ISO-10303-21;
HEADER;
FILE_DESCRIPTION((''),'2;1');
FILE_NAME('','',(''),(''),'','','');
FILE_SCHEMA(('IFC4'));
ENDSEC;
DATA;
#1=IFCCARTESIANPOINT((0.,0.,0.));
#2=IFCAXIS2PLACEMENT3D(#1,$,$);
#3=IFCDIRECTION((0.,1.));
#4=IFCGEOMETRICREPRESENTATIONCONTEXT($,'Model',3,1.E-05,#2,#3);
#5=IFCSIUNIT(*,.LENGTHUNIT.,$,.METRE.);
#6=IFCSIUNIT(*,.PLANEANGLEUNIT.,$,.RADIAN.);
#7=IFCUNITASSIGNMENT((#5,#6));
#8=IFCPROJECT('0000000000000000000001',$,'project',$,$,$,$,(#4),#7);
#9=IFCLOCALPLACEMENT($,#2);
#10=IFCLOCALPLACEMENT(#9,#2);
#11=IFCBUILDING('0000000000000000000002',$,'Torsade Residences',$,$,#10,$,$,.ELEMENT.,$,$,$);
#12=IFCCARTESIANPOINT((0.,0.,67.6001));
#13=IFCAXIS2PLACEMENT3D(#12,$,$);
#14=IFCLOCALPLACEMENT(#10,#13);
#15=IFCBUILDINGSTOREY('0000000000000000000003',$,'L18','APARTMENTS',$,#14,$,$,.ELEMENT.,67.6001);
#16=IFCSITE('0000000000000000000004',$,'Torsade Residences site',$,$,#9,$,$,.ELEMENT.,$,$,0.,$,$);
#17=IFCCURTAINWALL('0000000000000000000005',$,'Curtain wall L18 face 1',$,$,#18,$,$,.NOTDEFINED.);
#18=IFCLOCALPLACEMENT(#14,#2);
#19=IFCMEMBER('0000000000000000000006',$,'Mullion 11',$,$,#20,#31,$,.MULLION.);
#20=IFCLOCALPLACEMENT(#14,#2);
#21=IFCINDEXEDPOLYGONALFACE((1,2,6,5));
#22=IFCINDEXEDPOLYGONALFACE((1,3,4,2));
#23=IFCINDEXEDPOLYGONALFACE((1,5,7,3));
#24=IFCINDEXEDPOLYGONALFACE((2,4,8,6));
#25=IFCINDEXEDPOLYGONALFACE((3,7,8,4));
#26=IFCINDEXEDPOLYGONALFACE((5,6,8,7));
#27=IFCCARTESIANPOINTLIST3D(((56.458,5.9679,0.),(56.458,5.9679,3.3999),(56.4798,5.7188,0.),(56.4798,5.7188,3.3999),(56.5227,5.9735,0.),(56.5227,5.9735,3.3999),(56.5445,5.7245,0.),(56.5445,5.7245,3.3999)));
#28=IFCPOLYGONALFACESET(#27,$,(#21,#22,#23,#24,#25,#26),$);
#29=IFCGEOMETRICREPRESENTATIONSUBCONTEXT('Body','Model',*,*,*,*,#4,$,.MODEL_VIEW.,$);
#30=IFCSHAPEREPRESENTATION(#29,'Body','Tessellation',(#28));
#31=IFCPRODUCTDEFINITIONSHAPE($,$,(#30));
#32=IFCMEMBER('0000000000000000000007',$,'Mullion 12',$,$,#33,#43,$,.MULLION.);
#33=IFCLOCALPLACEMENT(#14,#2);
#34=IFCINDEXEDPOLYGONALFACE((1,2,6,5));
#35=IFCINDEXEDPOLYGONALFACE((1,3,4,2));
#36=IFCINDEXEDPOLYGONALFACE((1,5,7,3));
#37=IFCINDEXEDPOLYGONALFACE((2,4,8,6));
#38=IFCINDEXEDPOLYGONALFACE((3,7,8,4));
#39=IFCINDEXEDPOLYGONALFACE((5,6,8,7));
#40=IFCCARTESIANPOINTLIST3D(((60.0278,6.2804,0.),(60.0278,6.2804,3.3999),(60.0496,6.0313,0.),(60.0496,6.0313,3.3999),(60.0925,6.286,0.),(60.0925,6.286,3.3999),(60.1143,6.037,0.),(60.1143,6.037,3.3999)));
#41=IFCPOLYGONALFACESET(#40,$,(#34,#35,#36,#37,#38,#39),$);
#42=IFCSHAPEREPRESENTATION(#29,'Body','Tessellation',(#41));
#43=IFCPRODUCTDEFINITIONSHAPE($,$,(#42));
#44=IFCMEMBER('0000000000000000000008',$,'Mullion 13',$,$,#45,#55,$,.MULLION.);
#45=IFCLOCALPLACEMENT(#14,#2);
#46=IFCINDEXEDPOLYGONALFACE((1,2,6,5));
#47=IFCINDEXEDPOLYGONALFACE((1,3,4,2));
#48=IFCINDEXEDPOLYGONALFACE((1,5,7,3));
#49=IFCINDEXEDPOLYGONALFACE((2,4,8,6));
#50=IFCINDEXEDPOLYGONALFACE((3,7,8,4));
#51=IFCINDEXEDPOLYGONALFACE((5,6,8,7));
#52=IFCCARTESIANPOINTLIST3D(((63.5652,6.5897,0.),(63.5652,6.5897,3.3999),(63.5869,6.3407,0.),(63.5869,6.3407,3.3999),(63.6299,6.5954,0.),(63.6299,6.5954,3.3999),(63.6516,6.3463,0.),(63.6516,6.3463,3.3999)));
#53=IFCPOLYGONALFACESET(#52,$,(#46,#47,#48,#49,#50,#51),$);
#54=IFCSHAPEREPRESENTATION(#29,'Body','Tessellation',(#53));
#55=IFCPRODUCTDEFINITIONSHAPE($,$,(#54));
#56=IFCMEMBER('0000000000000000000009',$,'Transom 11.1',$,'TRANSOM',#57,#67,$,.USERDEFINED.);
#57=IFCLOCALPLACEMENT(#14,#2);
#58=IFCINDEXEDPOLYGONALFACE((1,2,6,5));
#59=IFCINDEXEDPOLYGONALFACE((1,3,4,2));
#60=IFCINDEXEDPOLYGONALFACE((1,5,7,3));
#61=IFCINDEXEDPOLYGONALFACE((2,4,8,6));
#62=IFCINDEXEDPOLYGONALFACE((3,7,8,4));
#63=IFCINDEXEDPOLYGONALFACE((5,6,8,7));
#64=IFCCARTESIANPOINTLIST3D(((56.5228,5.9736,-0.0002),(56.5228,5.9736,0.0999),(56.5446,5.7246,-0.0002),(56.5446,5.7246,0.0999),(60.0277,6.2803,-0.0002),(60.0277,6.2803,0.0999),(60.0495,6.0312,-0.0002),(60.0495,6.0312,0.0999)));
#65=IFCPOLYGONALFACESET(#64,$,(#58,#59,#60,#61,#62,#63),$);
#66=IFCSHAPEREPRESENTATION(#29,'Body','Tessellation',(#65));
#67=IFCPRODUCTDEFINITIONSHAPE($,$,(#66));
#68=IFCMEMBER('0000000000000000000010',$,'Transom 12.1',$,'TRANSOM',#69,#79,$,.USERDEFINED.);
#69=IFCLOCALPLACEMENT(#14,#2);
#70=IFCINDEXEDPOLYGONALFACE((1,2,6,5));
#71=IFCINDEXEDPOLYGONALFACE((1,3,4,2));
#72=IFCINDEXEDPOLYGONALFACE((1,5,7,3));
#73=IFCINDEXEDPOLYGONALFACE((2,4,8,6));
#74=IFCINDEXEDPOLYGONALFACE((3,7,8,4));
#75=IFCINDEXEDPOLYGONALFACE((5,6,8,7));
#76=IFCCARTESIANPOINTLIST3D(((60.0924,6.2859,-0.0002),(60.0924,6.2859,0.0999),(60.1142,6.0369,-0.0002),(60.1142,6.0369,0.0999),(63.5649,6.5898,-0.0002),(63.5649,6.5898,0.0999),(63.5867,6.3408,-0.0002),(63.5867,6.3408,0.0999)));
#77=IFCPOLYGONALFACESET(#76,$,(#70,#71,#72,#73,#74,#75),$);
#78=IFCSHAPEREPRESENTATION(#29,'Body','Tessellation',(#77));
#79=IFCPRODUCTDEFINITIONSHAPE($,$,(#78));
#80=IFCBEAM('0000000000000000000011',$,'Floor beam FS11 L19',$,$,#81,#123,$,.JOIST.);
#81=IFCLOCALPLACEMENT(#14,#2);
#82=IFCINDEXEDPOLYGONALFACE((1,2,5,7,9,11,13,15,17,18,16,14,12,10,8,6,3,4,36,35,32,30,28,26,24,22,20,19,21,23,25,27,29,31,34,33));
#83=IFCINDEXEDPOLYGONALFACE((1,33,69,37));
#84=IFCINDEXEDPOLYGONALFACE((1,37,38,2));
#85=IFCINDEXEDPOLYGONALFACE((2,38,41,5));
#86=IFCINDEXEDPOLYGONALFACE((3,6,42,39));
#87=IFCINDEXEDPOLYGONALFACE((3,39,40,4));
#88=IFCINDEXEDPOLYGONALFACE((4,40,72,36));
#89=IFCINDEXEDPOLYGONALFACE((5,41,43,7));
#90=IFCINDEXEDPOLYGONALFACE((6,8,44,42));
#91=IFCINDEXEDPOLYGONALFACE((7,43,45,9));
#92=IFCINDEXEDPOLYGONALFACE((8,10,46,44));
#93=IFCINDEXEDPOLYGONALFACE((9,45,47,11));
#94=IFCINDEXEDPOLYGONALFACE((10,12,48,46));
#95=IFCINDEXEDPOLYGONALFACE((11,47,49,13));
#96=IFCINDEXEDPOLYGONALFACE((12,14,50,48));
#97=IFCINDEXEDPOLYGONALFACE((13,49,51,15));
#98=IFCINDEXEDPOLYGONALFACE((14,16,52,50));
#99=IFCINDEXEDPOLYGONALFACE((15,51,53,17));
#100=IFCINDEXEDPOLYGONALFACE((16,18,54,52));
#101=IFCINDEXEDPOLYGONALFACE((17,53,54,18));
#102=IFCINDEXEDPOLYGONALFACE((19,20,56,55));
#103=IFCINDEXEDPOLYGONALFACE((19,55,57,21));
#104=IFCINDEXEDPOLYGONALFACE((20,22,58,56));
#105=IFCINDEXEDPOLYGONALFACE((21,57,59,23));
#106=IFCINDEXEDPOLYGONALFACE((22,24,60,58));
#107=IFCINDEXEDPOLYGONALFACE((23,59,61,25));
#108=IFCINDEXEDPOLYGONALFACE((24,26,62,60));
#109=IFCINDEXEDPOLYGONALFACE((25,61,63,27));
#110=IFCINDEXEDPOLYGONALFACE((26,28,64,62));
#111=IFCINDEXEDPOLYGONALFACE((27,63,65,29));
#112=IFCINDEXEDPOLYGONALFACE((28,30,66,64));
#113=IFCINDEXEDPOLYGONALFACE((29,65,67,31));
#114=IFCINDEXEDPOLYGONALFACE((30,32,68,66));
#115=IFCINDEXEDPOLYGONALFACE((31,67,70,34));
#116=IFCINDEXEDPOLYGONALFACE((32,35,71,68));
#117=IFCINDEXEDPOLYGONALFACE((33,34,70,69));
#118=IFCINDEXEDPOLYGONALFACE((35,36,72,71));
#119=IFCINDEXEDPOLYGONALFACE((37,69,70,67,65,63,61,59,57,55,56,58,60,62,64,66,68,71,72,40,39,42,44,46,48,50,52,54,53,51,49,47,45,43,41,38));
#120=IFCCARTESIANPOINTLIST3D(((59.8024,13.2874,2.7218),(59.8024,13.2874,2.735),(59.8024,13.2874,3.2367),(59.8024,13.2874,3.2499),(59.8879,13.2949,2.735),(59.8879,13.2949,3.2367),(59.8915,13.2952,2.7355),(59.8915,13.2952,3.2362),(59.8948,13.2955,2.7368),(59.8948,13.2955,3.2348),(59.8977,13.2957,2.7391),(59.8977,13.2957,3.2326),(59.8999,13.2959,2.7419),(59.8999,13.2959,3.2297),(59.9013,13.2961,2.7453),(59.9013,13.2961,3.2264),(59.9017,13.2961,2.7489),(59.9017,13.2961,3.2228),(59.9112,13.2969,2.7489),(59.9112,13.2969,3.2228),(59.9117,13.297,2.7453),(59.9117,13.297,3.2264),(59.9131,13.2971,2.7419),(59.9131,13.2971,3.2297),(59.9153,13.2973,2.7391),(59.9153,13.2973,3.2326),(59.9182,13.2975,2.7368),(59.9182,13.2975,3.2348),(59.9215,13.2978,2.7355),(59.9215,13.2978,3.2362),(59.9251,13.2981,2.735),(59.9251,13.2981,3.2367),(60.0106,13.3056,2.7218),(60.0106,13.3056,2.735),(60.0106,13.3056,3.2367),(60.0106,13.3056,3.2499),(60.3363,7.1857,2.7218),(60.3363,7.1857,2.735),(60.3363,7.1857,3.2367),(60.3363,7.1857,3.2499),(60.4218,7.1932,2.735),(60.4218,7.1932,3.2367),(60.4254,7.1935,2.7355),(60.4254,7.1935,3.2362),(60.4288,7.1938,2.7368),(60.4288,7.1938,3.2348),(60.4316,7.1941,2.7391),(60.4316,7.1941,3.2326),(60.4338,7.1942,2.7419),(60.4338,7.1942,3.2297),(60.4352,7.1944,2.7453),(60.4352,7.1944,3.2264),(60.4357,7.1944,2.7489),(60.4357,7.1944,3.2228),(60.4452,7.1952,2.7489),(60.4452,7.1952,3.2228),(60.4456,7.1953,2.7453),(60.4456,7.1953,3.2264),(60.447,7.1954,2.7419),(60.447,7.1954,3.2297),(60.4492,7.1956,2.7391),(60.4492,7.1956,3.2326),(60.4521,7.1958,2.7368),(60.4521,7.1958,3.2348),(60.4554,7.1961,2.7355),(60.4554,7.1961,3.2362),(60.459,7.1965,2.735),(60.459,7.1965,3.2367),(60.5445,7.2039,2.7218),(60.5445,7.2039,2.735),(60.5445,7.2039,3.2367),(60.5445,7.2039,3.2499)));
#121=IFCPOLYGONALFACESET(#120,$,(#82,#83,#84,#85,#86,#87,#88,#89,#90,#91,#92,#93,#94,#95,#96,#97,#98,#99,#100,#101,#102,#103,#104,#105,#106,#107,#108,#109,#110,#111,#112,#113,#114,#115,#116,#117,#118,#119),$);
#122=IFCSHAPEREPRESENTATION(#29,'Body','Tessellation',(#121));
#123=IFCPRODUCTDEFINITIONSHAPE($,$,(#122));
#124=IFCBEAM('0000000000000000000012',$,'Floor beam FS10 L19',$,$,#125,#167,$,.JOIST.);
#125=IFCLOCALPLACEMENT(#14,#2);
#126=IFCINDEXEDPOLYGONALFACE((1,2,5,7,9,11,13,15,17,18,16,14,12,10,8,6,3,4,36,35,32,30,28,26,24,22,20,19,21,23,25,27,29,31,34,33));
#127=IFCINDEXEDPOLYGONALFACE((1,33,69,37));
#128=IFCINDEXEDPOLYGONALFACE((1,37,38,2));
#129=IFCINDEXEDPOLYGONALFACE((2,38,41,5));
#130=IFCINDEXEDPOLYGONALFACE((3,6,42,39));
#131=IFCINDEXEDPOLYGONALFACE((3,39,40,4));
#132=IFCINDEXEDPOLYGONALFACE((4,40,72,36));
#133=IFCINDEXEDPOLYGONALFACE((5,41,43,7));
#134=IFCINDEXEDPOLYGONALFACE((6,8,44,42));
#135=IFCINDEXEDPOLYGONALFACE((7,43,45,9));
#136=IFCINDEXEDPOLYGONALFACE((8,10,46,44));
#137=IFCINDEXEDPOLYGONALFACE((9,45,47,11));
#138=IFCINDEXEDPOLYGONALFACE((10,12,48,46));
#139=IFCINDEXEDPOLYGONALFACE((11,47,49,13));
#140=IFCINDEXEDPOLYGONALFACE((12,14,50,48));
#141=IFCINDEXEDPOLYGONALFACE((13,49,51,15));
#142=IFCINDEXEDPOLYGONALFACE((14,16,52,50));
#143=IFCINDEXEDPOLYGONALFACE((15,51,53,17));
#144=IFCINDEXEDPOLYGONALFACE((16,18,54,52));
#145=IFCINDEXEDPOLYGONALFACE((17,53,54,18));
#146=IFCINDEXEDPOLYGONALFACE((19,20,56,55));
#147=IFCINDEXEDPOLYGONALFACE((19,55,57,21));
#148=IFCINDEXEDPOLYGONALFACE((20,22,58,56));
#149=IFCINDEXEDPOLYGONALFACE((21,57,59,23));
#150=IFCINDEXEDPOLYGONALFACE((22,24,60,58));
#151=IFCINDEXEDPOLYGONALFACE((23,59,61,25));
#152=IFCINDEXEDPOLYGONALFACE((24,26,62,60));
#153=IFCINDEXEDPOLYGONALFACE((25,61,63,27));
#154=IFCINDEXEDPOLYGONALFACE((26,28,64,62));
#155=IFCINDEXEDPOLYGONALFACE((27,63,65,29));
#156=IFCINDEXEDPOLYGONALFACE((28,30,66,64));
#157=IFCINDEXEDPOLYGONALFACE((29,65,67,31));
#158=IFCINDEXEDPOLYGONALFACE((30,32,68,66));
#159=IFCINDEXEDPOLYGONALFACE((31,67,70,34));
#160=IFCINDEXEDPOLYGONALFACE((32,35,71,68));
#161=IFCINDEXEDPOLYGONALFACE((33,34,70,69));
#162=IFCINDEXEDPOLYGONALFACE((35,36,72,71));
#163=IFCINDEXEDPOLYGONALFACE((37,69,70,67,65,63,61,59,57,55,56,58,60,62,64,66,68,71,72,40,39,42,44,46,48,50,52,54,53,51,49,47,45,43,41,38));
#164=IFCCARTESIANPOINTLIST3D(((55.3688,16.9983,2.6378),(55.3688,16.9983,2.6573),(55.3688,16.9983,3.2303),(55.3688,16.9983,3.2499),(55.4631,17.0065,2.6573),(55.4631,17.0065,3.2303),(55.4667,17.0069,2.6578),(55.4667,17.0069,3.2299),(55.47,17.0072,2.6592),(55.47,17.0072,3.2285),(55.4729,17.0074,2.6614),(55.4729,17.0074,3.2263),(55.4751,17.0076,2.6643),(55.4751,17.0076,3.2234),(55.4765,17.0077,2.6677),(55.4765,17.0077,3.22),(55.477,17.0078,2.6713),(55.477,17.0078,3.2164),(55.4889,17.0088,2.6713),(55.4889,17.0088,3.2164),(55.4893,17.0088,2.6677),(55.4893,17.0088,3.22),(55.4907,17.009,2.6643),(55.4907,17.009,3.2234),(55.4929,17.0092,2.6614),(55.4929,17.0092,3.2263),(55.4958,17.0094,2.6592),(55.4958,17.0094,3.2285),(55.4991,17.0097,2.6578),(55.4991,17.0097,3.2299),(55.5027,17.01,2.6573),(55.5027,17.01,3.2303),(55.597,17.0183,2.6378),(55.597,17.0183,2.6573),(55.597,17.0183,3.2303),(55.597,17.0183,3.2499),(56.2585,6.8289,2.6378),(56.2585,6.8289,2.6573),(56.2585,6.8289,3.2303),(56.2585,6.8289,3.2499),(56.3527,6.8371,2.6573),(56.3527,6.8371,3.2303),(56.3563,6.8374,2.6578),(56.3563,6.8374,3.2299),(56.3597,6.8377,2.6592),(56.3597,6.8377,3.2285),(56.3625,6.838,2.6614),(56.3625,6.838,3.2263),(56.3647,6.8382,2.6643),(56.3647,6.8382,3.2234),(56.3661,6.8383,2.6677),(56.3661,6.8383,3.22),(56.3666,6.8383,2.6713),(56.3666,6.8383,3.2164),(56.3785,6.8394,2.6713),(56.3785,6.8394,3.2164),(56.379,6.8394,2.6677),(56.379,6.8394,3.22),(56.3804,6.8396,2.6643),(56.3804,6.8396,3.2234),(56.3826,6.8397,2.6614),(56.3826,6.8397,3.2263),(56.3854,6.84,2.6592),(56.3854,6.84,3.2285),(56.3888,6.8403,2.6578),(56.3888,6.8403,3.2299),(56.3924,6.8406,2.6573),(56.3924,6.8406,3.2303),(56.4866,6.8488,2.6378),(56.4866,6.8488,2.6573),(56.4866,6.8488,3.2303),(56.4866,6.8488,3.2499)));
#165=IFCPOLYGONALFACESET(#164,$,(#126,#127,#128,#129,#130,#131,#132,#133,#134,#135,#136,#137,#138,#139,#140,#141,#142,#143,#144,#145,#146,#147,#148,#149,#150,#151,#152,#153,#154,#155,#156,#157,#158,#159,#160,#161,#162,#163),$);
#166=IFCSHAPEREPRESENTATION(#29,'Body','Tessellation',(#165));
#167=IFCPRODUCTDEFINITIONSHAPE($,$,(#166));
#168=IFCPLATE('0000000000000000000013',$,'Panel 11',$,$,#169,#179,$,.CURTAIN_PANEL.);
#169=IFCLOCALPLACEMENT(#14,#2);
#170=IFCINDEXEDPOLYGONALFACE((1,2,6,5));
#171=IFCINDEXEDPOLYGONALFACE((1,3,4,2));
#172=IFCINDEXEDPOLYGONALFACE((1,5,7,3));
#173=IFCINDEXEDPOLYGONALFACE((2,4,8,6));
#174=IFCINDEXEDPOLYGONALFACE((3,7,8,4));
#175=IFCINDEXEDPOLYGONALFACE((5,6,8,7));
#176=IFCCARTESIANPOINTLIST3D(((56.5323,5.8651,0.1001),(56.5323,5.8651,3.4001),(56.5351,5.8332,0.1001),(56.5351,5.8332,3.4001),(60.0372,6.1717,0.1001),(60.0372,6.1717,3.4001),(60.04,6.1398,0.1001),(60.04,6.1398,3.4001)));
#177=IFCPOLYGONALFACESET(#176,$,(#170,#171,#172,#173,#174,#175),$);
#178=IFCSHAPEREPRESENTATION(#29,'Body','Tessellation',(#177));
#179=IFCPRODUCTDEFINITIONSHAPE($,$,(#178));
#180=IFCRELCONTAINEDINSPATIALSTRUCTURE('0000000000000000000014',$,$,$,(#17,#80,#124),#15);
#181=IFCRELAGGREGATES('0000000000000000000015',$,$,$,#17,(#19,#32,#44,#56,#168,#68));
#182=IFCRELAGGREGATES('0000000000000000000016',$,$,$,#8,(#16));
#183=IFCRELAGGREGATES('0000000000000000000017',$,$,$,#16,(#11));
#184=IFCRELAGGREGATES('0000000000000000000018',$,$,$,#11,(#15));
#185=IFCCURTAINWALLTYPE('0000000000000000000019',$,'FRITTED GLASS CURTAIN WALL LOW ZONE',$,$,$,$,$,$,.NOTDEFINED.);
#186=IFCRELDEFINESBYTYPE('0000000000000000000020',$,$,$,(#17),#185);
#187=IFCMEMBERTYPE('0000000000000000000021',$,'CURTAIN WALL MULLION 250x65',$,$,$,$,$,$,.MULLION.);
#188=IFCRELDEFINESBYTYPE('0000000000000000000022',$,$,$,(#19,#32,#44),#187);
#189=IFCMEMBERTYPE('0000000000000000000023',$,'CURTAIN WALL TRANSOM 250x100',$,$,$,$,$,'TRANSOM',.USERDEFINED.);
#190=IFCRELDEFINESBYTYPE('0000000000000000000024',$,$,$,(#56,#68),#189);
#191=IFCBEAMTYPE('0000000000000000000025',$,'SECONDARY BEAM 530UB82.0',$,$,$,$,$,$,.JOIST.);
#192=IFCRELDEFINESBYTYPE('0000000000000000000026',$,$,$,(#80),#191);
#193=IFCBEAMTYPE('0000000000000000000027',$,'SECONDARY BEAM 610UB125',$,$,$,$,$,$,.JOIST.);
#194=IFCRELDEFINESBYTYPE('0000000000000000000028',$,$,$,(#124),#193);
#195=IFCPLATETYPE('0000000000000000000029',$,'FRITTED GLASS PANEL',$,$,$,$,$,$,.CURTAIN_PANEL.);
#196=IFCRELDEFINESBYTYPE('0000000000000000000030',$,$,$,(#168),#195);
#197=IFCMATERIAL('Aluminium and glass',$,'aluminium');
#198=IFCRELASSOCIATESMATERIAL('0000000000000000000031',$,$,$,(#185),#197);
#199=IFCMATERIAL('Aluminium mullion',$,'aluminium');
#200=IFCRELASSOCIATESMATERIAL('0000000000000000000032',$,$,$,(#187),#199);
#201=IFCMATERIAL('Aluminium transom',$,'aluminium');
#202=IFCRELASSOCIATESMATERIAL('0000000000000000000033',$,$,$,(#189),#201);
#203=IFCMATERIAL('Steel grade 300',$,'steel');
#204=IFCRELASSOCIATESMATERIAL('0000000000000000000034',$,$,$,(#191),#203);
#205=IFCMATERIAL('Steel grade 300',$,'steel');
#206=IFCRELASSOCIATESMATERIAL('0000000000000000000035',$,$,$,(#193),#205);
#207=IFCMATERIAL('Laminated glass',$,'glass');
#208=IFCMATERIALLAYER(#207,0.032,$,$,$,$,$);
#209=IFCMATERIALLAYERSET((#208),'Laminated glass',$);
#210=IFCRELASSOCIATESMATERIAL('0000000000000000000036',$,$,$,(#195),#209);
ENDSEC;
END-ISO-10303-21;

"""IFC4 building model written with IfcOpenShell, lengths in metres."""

from ifc_helpers import new_model, si_unit, direction, frame, origin, origin_2d, place, context, subcontext, project, spatial, rectangle, i_section, extrude, material, layer, layer_set, material_profile, profile_set, type_object, element, aggregate, save


model = new_model("IFC4")

# Units and contexts
model_context = context("Model", 3, precision=1e-05, world=origin(), true_north=direction((0.0, 1.0)))
body_context = subcontext(model_context, "Body", "Model", "MODEL_VIEW")
ifc_project = project(units=[si_unit("LENGTHUNIT", "METRE"), si_unit("PLANEANGLEUNIT", "RADIAN")], contexts=[model_context])

# Site, building, storey
site_placement = place(None, origin())
site = spatial("IfcSite", under=ifc_project, at=site_placement, Name="Torsade Residences site", CompositionType="ELEMENT", RefElevation=0.0)
building_placement = place(site_placement, origin())
building = spatial("IfcBuilding", under=site, at=building_placement, Name="Torsade Residences", CompositionType="ELEMENT")
storey_placement = place(building_placement, frame((0.0, 0.0, 67.6001)))
storey = spatial("IfcBuildingStorey", under=building, at=storey_placement, Name="L18", Description="APARTMENTS", CompositionType="ELEMENT", Elevation=67.6001)

# Curtain wall, members
ifc_material_1 = material(Name="Aluminium and glass", Category="aluminium")
curtain_wall_type = type_object("IfcCurtainWallType", Name="FRITTED GLASS CURTAIN WALL LOW ZONE", PredefinedType="NOTDEFINED", material=ifc_material_1)
curtain_wall_placement = place(storey_placement, origin())
curtain_wall = element("IfcCurtainWall", 1, at=curtain_wall_placement, inside=storey, type_object=curtain_wall_type, Name="Curtain wall L18 face 1", PredefinedType="NOTDEFINED")
ifc_material_2 = material(Name="Aluminium mullion", Category="aluminium")
ifc_material_profile_1 = material_profile(ifc_material_2, rectangle(XDim=0.25, YDim=0.0649, at=origin_2d()), Name="CURTAIN WALL MULLION 250x65")
ifc_profile_set_1 = profile_set([ifc_material_profile_1], Name="Aluminium mullion")
member_type_1 = type_object("IfcMemberType", Name="CURTAIN WALL MULLION 250x65", PredefinedType="MULLION", material=ifc_profile_set_1)
member_1_placement = place(storey_placement, frame((56.5012, 5.8462, 0.0), z_axis=(0.0, 0.0, 1.0), x_axis=(-0.087156, 0.996195, 0.0)))
member_1 = element("IfcMember", 2, at=member_1_placement, type_object=member_type_1, Name="Mullion 11", PredefinedType="MULLION", context=body_context, shape_type="SweptSolid", body=[
    extrude(rectangle(XDim=0.25, YDim=0.0649, at=origin_2d()), origin(), (0.0, 0.0, 1.0), 3.3999),
])
member_2_placement = place(storey_placement, frame((60.071, 6.1587, 0.0), z_axis=(0.0, 0.0, 1.0), x_axis=(-0.087156, 0.996195, 0.0)))
member_2 = element("IfcMember", 3, at=member_2_placement, type_object=member_type_1, Name="Mullion 12", PredefinedType="MULLION", context=body_context, shape_type="SweptSolid", body=[
    extrude(rectangle(XDim=0.25, YDim=0.0649, at=origin_2d()), origin(), (0.0, 0.0, 1.0), 3.3999),
])
member_3_placement = place(storey_placement, frame((63.6084, 6.468, 0.0), z_axis=(0.0, 0.0, 1.0), x_axis=(-0.087156, 0.996195, 0.0)))
member_3 = element("IfcMember", 4, at=member_3_placement, type_object=member_type_1, Name="Mullion 13", PredefinedType="MULLION", context=body_context, shape_type="SweptSolid", body=[
    extrude(rectangle(XDim=0.25, YDim=0.0649, at=origin_2d()), origin(), (0.0, 0.0, 1.0), 3.3999),
])
ifc_material_3 = material(Name="Aluminium transom", Category="aluminium")
ifc_material_profile_2 = material_profile(ifc_material_3, rectangle(XDim=0.25, YDim=0.1001, at=origin_2d()), Name="CURTAIN WALL TRANSOM 250x100")
ifc_profile_set_2 = profile_set([ifc_material_profile_2], Name="Aluminium transom")
member_type_2 = type_object("IfcMemberType", Name="CURTAIN WALL TRANSOM 250x100", ElementType="TRANSOM", PredefinedType="USERDEFINED", material=ifc_profile_set_2)
member_4_placement = place(storey_placement, frame((56.5337, 5.8491, 0.0498), z_axis=(0.996195, 0.087157, 0.0), x_axis=(-0.087157, 0.996195, 0.0)))
member_4 = element("IfcMember", 5, at=member_4_placement, type_object=member_type_2, Name="Transom 11.1", ObjectType="TRANSOM", PredefinedType="USERDEFINED", context=body_context, shape_type="SweptSolid", body=[
    extrude(rectangle(XDim=0.25, YDim=0.1001, at=origin_2d()), origin(), (0.0, 0.0, 1.0), 3.5183),
])
member_5_placement = place(storey_placement, frame((60.1033, 6.1614, 0.0498), z_axis=(0.996191, 0.087195, 0.0), x_axis=(-0.087195, 0.996191, 0.0)))
member_5 = element("IfcMember", 6, at=member_5_placement, type_object=member_type_2, Name="Transom 12.1", ObjectType="TRANSOM", PredefinedType="USERDEFINED", context=body_context, shape_type="SweptSolid", body=[
    extrude(rectangle(XDim=0.25, YDim=0.1001, at=origin_2d()), origin(), (0.0, 0.0, 1.0), 3.4858),
])

# Beams
ifc_material_4 = material(Name="Steel grade 300", Category="steel")
ifc_material_profile_3 = material_profile(ifc_material_4, i_section(OverallWidth=0.209, OverallDepth=0.5281, WebThickness=0.0095, FlangeThickness=0.0132, FilletRadius=0.0139, at=origin_2d()), Name="530UB82.0")
ifc_profile_set_3 = profile_set([ifc_material_profile_3], Name="Steel grade 300")
beam_type_1 = type_object("IfcBeamType", Name="SECONDARY BEAM 530UB82.0", PredefinedType="JOIST", material=ifc_profile_set_3)
beam_1_placement = place(storey_placement, frame((60.4404, 7.1948, 2.9858), z_axis=(-0.087175, 0.996193, 0.0), x_axis=(-0.996193, -0.087175, 0.0)))
element("IfcBeam", 7, at=beam_1_placement, inside=storey, type_object=beam_type_1, Name="Floor beam FS11 L19", PredefinedType="JOIST", context=body_context, shape_type="SweptSolid", body=[
    extrude(i_section(OverallWidth=0.209, OverallDepth=0.5281, WebThickness=0.0095, FlangeThickness=0.0132, FilletRadius=0.0139, at=origin_2d()), origin(), (0.0, 0.0, 1.0), 6.125),
])
ifc_material_5 = material(Name="Steel grade 300", Category="steel")
ifc_material_profile_4 = material_profile(ifc_material_5, i_section(OverallWidth=0.229, OverallDepth=0.6121, WebThickness=0.012, FlangeThickness=0.0195, FilletRadius=0.0139, at=origin_2d()), Name="610UB125")
ifc_profile_set_4 = profile_set([ifc_material_profile_4], Name="Steel grade 300")
beam_type_2 = type_object("IfcBeamType", Name="SECONDARY BEAM 610UB125", PredefinedType="JOIST", material=ifc_profile_set_4)
beam_2_placement = place(storey_placement, frame((56.3726, 6.8389, 2.9438), z_axis=(-0.08715, 0.996195, 0.0), x_axis=(-0.996195, -0.08715, 0.0)))
element("IfcBeam", 8, at=beam_2_placement, inside=storey, type_object=beam_type_2, Name="Floor beam FS10 L19", PredefinedType="JOIST", context=body_context, shape_type="SweptSolid", body=[
    extrude(i_section(OverallWidth=0.229, OverallDepth=0.6121, WebThickness=0.012, FlangeThickness=0.0195, FilletRadius=0.0139, at=origin_2d()), origin(), (0.0, 0.0, 1.0), 10.2083),
])

# Plate
ifc_material_6 = material(Name="Laminated glass", Category="glass")
ifc_layer_1 = layer(ifc_material_6, 0.032)
ifc_layer_set_1 = layer_set([ifc_layer_1], Name="Laminated glass")
plate_type = type_object("IfcPlateType", Name="FRITTED GLASS PANEL", PredefinedType="CURTAIN_PANEL", material=ifc_layer_set_1)
plate_1_placement = place(storey_placement, frame((58.2861, 6.0024, 0.1001), z_axis=(0.0, 0.0, 1.0), x_axis=(0.996195, 0.087156, 0.0)))
plate_1 = element("IfcPlate", 9, at=plate_1_placement, type_object=plate_type, Name="Panel 11", PredefinedType="CURTAIN_PANEL", context=body_context, shape_type="SweptSolid", body=[
    extrude(rectangle(XDim=3.5183, YDim=0.032, at=origin_2d()), origin(), (0.0, 0.0, 1.0), 3.3),
])
aggregate(curtain_wall, [member_1, member_2, member_3, member_4, plate_1, member_5])

save(model, "model.ifc")
